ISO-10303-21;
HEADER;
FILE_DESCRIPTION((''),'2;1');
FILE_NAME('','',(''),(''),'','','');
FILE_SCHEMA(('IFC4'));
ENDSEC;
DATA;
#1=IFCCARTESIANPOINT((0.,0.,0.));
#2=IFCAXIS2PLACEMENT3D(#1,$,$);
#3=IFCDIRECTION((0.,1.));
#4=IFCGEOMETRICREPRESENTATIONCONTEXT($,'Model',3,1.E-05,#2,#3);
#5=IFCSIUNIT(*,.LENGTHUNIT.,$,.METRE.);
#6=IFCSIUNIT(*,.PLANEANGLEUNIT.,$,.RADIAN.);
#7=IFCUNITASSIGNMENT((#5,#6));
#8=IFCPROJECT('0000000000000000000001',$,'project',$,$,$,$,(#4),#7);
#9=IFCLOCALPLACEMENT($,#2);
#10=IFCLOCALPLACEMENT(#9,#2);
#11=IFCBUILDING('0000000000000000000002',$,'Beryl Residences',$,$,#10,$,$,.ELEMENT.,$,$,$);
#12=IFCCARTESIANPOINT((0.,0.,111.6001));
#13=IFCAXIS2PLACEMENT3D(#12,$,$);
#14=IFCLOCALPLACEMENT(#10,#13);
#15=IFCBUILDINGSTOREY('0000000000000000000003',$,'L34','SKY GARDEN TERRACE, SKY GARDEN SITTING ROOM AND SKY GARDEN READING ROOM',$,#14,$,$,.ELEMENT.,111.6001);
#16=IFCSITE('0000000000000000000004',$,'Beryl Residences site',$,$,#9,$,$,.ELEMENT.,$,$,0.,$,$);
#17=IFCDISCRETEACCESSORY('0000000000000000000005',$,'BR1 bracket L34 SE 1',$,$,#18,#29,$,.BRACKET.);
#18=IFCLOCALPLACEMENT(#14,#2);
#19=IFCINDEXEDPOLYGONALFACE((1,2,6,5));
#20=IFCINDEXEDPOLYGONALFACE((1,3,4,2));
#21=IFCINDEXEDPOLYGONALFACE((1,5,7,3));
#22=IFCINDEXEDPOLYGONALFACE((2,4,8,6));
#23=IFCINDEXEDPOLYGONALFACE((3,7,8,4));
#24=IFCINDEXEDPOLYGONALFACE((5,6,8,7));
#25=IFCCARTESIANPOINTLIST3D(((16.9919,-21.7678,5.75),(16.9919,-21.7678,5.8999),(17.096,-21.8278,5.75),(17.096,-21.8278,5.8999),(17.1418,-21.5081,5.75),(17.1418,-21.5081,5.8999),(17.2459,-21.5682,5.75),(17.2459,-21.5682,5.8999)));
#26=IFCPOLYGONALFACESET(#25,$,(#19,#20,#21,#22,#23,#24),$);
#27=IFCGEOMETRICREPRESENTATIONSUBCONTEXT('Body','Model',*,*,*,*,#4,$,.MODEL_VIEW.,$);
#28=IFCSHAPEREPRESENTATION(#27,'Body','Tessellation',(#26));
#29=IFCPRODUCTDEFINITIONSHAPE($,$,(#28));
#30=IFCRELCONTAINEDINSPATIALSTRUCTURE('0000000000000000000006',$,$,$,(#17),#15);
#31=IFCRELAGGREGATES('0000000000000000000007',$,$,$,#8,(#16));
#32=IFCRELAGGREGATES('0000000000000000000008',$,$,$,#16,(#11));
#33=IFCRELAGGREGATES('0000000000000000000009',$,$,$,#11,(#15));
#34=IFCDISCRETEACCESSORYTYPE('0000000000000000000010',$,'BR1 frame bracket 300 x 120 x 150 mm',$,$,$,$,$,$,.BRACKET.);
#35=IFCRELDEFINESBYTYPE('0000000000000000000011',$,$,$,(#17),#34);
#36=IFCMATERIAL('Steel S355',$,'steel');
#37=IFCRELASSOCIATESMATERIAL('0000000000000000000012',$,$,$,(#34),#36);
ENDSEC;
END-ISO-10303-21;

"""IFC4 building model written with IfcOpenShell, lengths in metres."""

from ifc_helpers import new_model, si_unit, direction, frame, origin, place, context, subcontext, project, spatial, polyline, outline, extrude, source, transform, mapped, material, type_object, type_shapes, element, save


model = new_model("IFC4")

# Units and contexts
model_context = context("Model", 3, precision=1e-05, world=origin(), true_north=direction((0.0, 1.0)))
body_context = subcontext(model_context, "Body", "Model", "MODEL_VIEW")
ifc_project = project(units=[si_unit("LENGTHUNIT", "METRE"), si_unit("PLANEANGLEUNIT", "RADIAN")], contexts=[model_context])

# Site, building, storey
site_placement = place(None, origin())
site = spatial("IfcSite", under=ifc_project, at=site_placement, Name="Beryl Residences site", CompositionType="ELEMENT", RefElevation=0.0)
building_placement = place(site_placement, origin())
building = spatial("IfcBuilding", under=site, at=building_placement, Name="Beryl Residences", CompositionType="ELEMENT")
storey_placement = place(building_placement, frame((0.0, 0.0, 111.6001)))
storey = spatial("IfcBuildingStorey", under=building, at=storey_placement, Name="L34", Description="SKY GARDEN TERRACE, SKY GARDEN SITTING ROOM AND SKY GARDEN READING ROOM", CompositionType="ELEMENT", Elevation=111.6001)

# Discrete accessory
ifc_material_1 = material(Name="Steel S355", Category="steel")
discrete_accessory_type = type_object("IfcDiscreteAccessoryType", Name="BR1 frame bracket 300 x 120 x 150 mm", PredefinedType="BRACKET", material=ifc_material_1)
shared_shape_1 = source(origin(), body_context, "Body", "SweptSolid", [
    extrude(outline(polyline([(-0.1499, 0.0), (0.1499, 0.0), (0.1499, 0.1201), (-0.1499, 0.1201), (-0.1499, 0.0)])), origin(), (0.0, 0.0, 1.0), 0.1499),
])
type_shapes(discrete_accessory_type, [shared_shape_1])
discrete_accessory_placement = place(storey_placement, frame((17.0669, -21.6379, 5.75), z_axis=(0.0, 0.0, 1.0), x_axis=(-0.5, -0.866025, 0.0)))
element("IfcDiscreteAccessory", 1, at=discrete_accessory_placement, inside=storey, type_object=discrete_accessory_type, Name="BR1 bracket L34 SE 1", PredefinedType="BRACKET", context=body_context, shape_type="MappedRepresentation", body=[
    mapped(shared_shape_1, transform((0.0, 0.0, 0.0))),
])

save(model, "model.ifc")
